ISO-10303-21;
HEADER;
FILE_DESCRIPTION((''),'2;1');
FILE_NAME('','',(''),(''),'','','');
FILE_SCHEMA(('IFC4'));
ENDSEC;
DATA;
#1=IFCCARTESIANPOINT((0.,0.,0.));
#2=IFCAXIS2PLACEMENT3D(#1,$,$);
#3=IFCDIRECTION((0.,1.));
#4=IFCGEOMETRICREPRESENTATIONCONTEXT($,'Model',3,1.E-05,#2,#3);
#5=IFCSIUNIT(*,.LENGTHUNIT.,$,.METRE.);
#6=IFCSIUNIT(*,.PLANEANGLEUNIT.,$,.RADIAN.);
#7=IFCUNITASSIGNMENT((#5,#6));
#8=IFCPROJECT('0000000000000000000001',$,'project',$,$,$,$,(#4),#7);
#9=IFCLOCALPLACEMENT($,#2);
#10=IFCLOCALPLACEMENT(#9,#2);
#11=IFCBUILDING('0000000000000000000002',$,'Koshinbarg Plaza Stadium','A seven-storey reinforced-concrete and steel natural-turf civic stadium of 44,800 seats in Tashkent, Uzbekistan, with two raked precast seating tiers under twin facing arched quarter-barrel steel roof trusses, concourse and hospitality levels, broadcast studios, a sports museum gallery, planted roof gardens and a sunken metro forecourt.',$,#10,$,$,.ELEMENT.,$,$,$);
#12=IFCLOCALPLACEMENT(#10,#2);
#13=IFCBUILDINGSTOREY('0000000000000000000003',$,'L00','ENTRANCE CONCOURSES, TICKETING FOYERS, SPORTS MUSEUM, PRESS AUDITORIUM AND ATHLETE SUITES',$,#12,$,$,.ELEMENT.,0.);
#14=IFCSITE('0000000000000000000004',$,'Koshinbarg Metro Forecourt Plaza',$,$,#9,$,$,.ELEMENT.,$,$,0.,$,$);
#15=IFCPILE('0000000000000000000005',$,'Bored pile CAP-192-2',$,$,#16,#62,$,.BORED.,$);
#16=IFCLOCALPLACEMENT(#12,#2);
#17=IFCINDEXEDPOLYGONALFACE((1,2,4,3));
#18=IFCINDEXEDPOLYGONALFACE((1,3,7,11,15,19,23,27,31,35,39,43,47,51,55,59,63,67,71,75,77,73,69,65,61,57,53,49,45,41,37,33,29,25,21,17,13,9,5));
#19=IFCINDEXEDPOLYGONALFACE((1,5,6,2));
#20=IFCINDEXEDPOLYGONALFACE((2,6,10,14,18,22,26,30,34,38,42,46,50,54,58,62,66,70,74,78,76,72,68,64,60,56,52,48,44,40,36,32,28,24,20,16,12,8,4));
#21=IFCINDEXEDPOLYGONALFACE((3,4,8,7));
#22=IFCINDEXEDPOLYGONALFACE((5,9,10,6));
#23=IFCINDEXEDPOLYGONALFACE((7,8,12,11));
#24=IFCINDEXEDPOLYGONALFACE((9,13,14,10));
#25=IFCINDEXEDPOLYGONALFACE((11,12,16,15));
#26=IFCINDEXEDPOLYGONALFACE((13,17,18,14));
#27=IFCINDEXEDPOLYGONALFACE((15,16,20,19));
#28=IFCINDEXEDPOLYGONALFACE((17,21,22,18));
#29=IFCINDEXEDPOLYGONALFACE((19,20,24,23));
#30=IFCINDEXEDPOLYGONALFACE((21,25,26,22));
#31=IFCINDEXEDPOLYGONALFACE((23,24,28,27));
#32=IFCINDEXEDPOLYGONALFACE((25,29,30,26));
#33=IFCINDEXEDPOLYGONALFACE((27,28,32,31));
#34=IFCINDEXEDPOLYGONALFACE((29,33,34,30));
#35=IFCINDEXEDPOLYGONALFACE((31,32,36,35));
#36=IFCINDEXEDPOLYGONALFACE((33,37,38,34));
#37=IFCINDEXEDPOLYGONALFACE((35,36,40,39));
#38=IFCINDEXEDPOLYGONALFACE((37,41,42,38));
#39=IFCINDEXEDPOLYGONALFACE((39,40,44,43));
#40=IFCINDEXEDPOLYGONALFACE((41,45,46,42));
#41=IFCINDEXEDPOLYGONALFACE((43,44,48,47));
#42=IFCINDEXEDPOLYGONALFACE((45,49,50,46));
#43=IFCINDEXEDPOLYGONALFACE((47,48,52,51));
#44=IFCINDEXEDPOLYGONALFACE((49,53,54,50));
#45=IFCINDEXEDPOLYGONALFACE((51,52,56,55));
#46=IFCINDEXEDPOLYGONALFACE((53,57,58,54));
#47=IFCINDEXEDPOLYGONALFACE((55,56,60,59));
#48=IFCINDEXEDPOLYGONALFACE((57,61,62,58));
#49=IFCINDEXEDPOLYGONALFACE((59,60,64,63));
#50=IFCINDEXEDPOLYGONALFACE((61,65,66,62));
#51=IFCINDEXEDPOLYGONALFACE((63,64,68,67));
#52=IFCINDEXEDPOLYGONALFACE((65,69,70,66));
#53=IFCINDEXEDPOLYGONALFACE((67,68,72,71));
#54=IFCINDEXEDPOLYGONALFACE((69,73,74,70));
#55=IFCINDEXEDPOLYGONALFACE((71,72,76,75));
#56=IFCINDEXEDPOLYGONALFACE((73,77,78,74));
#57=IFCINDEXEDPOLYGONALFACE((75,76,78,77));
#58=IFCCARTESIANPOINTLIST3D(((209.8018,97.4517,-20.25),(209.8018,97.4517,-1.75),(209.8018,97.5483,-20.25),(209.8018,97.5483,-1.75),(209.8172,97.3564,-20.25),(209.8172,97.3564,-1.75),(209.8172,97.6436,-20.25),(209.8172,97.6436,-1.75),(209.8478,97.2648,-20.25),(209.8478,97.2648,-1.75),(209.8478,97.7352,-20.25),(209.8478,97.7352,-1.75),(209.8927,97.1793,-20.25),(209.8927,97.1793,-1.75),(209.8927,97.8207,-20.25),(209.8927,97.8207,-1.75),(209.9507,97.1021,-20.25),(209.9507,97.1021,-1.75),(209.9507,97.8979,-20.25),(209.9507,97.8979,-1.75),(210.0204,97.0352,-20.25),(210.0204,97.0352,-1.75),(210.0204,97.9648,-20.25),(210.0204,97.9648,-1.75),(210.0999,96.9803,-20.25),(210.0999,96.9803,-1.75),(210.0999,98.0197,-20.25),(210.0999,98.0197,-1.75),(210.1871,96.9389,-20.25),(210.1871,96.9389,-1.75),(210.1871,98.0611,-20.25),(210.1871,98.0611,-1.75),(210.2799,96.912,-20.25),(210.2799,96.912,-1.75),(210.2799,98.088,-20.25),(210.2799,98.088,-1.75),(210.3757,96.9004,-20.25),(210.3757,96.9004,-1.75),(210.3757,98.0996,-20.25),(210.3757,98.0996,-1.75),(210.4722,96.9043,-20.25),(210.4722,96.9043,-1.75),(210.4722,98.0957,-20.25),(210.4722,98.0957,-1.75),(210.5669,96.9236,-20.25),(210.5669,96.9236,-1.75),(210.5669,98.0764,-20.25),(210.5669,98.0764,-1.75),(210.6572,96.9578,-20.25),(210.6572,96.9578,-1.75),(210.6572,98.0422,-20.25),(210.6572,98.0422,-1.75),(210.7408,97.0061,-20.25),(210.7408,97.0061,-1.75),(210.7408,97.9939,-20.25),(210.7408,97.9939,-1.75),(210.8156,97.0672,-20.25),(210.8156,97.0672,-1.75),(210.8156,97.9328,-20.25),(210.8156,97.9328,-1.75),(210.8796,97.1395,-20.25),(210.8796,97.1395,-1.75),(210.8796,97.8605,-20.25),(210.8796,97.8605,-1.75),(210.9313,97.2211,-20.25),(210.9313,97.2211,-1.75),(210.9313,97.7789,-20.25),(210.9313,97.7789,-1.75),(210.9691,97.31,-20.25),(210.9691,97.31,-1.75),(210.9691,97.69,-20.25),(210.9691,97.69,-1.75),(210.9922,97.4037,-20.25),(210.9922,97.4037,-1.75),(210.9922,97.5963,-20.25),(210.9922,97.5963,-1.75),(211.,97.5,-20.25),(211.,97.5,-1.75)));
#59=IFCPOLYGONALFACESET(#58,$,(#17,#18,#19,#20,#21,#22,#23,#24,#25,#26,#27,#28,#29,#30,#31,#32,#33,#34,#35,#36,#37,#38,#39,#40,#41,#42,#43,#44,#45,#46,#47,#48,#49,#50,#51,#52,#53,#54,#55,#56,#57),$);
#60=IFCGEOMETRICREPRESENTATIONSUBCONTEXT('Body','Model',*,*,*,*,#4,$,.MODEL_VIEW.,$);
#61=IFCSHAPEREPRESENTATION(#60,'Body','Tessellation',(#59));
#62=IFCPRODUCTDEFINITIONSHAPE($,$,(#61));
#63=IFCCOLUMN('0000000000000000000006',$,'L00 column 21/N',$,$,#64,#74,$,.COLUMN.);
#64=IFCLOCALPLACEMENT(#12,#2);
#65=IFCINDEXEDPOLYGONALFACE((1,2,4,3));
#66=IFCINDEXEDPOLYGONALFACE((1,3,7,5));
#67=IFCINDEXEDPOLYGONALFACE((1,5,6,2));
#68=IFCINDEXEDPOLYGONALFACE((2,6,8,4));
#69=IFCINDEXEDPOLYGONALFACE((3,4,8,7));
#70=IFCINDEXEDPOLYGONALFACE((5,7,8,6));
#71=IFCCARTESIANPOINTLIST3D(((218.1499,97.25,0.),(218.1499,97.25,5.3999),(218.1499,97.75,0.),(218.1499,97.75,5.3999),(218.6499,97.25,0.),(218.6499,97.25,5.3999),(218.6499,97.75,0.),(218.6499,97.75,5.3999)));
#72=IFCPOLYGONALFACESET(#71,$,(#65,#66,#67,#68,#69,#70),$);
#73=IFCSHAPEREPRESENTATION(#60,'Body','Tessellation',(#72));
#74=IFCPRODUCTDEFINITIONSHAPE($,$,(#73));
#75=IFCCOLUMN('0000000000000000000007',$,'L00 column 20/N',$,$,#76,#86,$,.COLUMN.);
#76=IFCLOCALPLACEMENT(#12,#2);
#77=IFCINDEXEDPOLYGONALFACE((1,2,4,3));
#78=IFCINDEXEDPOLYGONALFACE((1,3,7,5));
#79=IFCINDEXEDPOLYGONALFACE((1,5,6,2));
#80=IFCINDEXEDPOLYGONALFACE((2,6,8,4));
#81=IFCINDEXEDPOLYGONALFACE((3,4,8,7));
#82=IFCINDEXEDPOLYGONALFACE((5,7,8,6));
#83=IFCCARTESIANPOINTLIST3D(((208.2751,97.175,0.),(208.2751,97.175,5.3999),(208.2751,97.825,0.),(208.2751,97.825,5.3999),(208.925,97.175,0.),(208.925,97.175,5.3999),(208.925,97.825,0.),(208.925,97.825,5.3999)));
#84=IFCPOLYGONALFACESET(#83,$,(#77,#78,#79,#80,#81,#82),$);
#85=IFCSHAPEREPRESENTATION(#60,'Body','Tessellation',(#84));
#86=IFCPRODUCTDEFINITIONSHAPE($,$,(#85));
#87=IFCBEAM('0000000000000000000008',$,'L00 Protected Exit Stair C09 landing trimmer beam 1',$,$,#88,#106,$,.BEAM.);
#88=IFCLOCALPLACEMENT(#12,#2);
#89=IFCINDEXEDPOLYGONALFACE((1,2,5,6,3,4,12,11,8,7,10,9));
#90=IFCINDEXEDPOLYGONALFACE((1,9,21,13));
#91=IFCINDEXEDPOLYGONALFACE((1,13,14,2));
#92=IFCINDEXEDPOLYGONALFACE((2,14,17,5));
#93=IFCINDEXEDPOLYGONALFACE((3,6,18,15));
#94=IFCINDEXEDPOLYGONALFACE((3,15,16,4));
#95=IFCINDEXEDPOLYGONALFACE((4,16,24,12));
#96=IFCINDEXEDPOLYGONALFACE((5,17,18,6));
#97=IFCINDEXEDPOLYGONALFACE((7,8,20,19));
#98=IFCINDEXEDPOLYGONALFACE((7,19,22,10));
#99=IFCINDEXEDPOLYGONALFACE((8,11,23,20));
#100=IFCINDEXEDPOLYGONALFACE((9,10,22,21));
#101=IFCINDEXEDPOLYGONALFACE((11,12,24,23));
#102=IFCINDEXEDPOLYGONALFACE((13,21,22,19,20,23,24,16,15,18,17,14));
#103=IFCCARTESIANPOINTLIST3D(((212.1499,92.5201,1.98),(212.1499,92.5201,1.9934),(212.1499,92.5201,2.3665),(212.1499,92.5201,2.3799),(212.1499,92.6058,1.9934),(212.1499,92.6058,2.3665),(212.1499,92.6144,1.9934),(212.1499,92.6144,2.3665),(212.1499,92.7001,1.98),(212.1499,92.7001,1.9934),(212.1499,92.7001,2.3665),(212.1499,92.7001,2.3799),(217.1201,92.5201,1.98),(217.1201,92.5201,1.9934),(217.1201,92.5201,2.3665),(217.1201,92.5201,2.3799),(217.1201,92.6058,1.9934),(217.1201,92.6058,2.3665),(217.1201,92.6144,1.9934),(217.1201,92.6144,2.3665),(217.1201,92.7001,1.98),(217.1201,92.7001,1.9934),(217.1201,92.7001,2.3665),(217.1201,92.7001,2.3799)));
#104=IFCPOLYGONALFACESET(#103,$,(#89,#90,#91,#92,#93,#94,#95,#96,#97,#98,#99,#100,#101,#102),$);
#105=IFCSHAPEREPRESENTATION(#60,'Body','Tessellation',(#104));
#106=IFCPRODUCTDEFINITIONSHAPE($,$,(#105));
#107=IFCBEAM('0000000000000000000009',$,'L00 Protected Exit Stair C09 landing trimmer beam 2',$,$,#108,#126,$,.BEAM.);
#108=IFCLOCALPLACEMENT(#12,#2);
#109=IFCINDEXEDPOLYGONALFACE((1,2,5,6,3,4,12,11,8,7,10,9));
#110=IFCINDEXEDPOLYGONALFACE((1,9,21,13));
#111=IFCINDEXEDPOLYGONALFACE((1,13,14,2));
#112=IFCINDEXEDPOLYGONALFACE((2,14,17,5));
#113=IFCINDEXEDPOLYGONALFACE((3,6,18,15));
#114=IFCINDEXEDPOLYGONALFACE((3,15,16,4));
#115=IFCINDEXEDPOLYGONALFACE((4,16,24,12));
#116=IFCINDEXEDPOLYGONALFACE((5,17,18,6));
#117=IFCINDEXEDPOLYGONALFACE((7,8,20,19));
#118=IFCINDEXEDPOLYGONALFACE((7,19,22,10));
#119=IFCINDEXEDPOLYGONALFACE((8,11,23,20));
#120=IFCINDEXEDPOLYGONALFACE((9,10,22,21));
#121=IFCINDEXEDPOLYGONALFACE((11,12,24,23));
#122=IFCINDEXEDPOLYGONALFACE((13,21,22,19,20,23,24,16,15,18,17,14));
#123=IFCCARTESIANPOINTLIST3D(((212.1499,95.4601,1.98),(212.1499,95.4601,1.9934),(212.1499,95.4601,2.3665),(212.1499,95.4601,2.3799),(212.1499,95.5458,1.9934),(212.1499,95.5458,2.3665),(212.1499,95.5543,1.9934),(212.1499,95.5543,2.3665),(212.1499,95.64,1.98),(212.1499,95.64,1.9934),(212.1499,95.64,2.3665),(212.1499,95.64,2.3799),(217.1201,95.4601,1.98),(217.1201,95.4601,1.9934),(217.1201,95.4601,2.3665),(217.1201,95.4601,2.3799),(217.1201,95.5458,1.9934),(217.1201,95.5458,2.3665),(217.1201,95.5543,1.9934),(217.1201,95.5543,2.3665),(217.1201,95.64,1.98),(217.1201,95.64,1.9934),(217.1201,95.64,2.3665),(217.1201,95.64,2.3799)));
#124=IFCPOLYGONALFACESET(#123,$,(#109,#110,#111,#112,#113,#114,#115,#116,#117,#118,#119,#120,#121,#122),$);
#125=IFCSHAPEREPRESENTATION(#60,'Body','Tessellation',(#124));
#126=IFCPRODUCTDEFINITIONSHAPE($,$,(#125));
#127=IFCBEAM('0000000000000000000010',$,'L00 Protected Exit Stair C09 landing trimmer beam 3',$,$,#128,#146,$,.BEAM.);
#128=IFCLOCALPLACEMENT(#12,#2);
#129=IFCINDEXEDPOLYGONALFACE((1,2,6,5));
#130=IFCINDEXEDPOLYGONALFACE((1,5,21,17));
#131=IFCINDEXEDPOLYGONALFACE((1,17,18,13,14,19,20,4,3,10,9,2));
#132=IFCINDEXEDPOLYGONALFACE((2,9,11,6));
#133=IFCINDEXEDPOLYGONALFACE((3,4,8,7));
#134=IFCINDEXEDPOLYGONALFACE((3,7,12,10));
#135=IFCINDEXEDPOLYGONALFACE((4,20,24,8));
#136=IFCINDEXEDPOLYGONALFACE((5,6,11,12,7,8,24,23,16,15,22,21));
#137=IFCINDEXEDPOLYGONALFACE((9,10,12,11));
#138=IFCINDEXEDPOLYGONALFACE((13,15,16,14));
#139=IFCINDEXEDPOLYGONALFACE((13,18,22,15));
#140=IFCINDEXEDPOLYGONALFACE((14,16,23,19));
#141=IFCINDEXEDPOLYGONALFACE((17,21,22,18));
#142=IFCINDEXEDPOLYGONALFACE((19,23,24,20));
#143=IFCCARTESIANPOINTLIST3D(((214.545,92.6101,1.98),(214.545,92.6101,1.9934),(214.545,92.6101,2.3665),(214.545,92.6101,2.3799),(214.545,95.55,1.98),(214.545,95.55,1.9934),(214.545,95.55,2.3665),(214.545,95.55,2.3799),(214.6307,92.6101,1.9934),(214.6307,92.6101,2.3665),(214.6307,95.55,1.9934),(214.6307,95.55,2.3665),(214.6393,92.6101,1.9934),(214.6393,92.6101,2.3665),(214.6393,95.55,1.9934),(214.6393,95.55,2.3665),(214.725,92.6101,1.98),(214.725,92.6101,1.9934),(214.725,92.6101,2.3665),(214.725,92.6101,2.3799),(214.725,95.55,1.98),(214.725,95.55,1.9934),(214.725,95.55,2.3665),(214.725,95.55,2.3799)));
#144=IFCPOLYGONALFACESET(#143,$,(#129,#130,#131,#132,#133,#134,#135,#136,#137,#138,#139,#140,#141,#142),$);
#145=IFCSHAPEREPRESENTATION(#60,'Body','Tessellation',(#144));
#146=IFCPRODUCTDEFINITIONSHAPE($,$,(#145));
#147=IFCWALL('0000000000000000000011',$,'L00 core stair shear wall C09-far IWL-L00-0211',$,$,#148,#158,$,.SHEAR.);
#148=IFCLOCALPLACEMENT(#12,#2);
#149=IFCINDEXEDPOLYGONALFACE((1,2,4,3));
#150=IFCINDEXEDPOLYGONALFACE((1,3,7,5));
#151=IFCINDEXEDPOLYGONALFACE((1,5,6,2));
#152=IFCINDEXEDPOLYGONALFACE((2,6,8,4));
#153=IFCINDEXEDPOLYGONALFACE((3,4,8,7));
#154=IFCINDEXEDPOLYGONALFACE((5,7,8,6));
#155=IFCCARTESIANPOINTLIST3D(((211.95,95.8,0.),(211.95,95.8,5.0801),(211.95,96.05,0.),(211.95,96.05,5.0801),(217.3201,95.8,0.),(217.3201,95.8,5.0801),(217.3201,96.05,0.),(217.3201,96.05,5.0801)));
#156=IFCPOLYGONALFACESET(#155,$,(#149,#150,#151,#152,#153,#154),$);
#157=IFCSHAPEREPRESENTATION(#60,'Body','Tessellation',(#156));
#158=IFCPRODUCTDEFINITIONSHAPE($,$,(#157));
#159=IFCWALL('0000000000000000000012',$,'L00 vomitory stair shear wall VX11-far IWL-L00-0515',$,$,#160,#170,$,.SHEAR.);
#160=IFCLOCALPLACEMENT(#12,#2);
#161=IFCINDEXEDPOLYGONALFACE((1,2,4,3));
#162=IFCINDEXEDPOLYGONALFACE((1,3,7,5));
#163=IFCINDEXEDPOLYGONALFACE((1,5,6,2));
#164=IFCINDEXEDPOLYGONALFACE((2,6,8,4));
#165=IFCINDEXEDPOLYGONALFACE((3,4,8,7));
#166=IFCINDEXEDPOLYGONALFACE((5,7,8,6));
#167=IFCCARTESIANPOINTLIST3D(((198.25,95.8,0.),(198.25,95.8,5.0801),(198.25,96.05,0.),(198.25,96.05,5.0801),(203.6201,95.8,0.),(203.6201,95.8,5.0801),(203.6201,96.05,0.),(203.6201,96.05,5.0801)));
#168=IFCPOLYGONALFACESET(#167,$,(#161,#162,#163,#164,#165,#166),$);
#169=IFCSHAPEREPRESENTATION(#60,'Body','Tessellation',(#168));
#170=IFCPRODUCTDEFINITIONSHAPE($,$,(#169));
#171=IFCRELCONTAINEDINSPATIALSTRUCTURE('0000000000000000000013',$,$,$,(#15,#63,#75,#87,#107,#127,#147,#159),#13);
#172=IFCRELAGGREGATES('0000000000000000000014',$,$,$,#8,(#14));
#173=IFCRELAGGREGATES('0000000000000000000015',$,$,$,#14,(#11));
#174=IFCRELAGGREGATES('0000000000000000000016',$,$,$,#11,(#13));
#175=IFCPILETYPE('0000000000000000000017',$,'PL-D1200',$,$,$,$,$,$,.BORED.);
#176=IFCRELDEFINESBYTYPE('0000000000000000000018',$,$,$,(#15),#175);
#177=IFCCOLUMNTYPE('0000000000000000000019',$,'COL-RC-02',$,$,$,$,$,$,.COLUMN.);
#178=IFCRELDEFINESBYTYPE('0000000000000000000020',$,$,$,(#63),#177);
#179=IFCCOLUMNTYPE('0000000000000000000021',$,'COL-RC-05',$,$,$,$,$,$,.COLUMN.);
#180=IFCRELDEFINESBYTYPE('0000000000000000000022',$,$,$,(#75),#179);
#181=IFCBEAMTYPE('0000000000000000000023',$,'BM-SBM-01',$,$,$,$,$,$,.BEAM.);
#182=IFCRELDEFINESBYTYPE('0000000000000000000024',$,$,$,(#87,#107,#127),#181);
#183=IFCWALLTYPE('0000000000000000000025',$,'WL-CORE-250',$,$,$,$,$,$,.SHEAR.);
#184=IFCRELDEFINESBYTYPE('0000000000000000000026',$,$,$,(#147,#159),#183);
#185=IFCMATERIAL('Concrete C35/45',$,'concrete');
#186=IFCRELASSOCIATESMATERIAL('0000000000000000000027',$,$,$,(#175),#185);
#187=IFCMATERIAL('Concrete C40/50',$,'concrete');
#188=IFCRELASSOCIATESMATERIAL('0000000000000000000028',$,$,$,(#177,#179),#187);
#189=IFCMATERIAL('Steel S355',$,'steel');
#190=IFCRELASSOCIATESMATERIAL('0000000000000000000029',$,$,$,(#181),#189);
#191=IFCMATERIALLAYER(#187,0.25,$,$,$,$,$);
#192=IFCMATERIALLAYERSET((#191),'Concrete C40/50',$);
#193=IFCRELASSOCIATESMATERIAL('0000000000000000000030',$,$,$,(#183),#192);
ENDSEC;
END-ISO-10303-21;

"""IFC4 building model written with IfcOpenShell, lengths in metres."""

from ifc_helpers import new_model, si_unit, direction, frame, frame_2d, origin, origin_2d, place, context, subcontext, project, spatial, rectangle, circle, i_section, extrude, material, layer, layer_set, material_profile, profile_set, type_object, element, save


model = new_model("IFC4")

# Units and contexts
model_context = context("Model", 3, precision=1e-05, world=origin(), true_north=direction((0.0, 1.0)))
body_context = subcontext(model_context, "Body", "Model", "MODEL_VIEW")
ifc_project = project(units=[si_unit("LENGTHUNIT", "METRE"), si_unit("PLANEANGLEUNIT", "RADIAN")], contexts=[model_context])

# Site, building, storey
site_placement = place(None, origin())
site = spatial("IfcSite", under=ifc_project, at=site_placement, Name="Koshinbarg Metro Forecourt Plaza", CompositionType="ELEMENT", RefElevation=0.0)
building_placement = place(site_placement, origin())
building = spatial("IfcBuilding", under=site, at=building_placement, Name="Koshinbarg Plaza Stadium", Description="A seven-storey reinforced-concrete and steel natural-turf civic stadium of 44,800 seats in Tashkent, Uzbekistan, with two raked precast seating tiers under twin facing arched quarter-barrel steel roof trusses, concourse and hospitality levels, broadcast studios, a sports museum gallery, planted roof gardens and a sunken metro forecourt.", CompositionType="ELEMENT")
storey_placement = place(building_placement, origin())
storey = spatial("IfcBuildingStorey", under=building, at=storey_placement, Name="L00", Description="ENTRANCE CONCOURSES, TICKETING FOYERS, SPORTS MUSEUM, PRESS AUDITORIUM AND ATHLETE SUITES", CompositionType="ELEMENT", Elevation=0.0)

# Shared definitions
ifc_material_1 = material(Name="Concrete C35/45", Category="concrete")

# Pile
ifc_material_profile_1 = material_profile(ifc_material_1, circle(Radius=0.6001, at=origin_2d()), Name="PILE D1200")
ifc_profile_set_1 = profile_set([ifc_material_profile_1], Name="Concrete C35/45")
pile_type_1 = type_object("IfcPileType", Name="PL-D1200", PredefinedType="BORED", material=ifc_profile_set_1)
for number, where, z_axis, x_axis, name in (
    (1, (210.3999, 97.5, -1.75), (0.0, 0.0, -1.0), (1.0, 0.0, 0.0), "Bored pile CAP-192-2"),
):
    element("IfcPile", number, at=place(storey_placement, frame(where, z_axis=z_axis, x_axis=x_axis)), inside=storey, type_object=pile_type_1, Name=name, PredefinedType="BORED", context=body_context, shape_type="SweptSolid", body=[
        extrude(circle(Radius=0.6001, at=origin_2d()), origin(), (0.0, 0.0, 1.0), 18.5),
    ])

# Columns
ifc_material_2 = material(Name="Concrete C40/50", Category="concrete")
ifc_material_profile_2 = material_profile(ifc_material_2, rectangle(XDim=0.5, YDim=0.5, at=origin_2d()), Name="RC 500x500")
ifc_profile_set_2 = profile_set([ifc_material_profile_2], Name="Concrete C40/50")
column_type_1 = type_object("IfcColumnType", Name="COL-RC-02", PredefinedType="COLUMN", material=ifc_profile_set_2)
column_1_placement = place(storey_placement, frame((218.3999, 97.5, 0.0), z_axis=(0.0, 0.0, 1.0), x_axis=(1.0, 0.0, 0.0)))
element("IfcColumn", 2, at=column_1_placement, inside=storey, type_object=column_type_1, Name="L00 column 21/N", PredefinedType="COLUMN", context=body_context, shape_type="SweptSolid", body=[
    extrude(rectangle(XDim=0.5, YDim=0.5, at=origin_2d()), origin(), (0.0, 0.0, 1.0), 5.3999),
])
ifc_material_profile_3 = material_profile(ifc_material_2, rectangle(XDim=0.6499, YDim=0.6499, at=origin_2d()), Name="RC 650x650")
ifc_profile_set_3 = profile_set([ifc_material_profile_3], Name="Concrete C40/50")
column_type_2 = type_object("IfcColumnType", Name="COL-RC-05", PredefinedType="COLUMN", material=ifc_profile_set_3)
column_2_placement = place(storey_placement, frame((208.6001, 97.5, 0.0), z_axis=(0.0, 0.0, 1.0), x_axis=(1.0, 0.0, 0.0)))
element("IfcColumn", 3, at=column_2_placement, inside=storey, type_object=column_type_2, Name="L00 column 20/N", PredefinedType="COLUMN", context=body_context, shape_type="SweptSolid", body=[
    extrude(rectangle(XDim=0.6499, YDim=0.6499, at=origin_2d()), origin(), (0.0, 0.0, 1.0), 5.3999),
])

# Beams
ifc_material_3 = material(Name="Steel S355", Category="steel")
ifc_material_profile_4 = material_profile(ifc_material_3, i_section(OverallWidth=0.1799, OverallDepth=0.3999, WebThickness=0.0085, FlangeThickness=0.0134, at=origin_2d()), Name="IPE 400")
ifc_profile_set_4 = profile_set([ifc_material_profile_4], Name="Steel S355")
beam_type = type_object("IfcBeamType", Name="BM-SBM-01", PredefinedType="BEAM", material=ifc_profile_set_4)
for number, where, z_axis, x_axis, name in (
    (4, (212.1499, 92.6101, 2.1799), (1.0, 0.0, 0.0), (0.0, 1.0, 0.0), "L00 Protected Exit Stair C09 landing trimmer beam 1"),
    (5, (212.1499, 95.55, 2.1799), (1.0, 0.0, 0.0), (0.0, 1.0, 0.0), "L00 Protected Exit Stair C09 landing trimmer beam 2"),
):
    element("IfcBeam", number, at=place(storey_placement, frame(where, z_axis=z_axis, x_axis=x_axis)), inside=storey, type_object=beam_type, Name=name, PredefinedType="BEAM", context=body_context, shape_type="SweptSolid", body=[
        extrude(i_section(OverallWidth=0.1799, OverallDepth=0.3999, WebThickness=0.0085, FlangeThickness=0.0134, at=origin_2d()), origin(), (0.0, 0.0, 1.0), 4.9702),
    ])
beam_placement = place(storey_placement, frame((214.635, 92.6101, 2.1799), z_axis=(0.0, 1.0, 0.0), x_axis=(-1.0, 0.0, 0.0)))
element("IfcBeam", 6, at=beam_placement, inside=storey, type_object=beam_type, Name="L00 Protected Exit Stair C09 landing trimmer beam 3", PredefinedType="BEAM", context=body_context, shape_type="SweptSolid", body=[
    extrude(i_section(OverallWidth=0.1799, OverallDepth=0.3999, WebThickness=0.0085, FlangeThickness=0.0134, at=origin_2d()), origin(), (0.0, 0.0, 1.0), 2.9399),
])

# Walls
ifc_layer_1 = layer(ifc_material_2, 0.25)
ifc_layer_set_1 = layer_set([ifc_layer_1], Name="Concrete C40/50")
wall_type_1 = type_object("IfcWallType", Name="WL-CORE-250", PredefinedType="SHEAR", material=ifc_layer_set_1)
for number, where, z_axis, x_axis, name in (
    (7, (217.3201, 95.925, 0.0), (0.0, 0.0, 1.0), (-1.0, 0.0, 0.0), "L00 core stair shear wall C09-far IWL-L00-0211"),
    (8, (203.6201, 95.925, 0.0), (0.0, 0.0, 1.0), (-1.0, 0.0, 0.0), "L00 vomitory stair shear wall VX11-far IWL-L00-0515"),
):
    element("IfcWall", number, at=place(storey_placement, frame(where, z_axis=z_axis, x_axis=x_axis)), inside=storey, type_object=wall_type_1, Name=name, PredefinedType="SHEAR", context=body_context, shape_type="SweptSolid", body=[
        extrude(rectangle(XDim=5.3701, YDim=0.25, at=frame_2d((2.6851, 0.0))), origin(), (0.0, 0.0, 1.0), 5.0801),
    ])

save(model, "model.ifc")
